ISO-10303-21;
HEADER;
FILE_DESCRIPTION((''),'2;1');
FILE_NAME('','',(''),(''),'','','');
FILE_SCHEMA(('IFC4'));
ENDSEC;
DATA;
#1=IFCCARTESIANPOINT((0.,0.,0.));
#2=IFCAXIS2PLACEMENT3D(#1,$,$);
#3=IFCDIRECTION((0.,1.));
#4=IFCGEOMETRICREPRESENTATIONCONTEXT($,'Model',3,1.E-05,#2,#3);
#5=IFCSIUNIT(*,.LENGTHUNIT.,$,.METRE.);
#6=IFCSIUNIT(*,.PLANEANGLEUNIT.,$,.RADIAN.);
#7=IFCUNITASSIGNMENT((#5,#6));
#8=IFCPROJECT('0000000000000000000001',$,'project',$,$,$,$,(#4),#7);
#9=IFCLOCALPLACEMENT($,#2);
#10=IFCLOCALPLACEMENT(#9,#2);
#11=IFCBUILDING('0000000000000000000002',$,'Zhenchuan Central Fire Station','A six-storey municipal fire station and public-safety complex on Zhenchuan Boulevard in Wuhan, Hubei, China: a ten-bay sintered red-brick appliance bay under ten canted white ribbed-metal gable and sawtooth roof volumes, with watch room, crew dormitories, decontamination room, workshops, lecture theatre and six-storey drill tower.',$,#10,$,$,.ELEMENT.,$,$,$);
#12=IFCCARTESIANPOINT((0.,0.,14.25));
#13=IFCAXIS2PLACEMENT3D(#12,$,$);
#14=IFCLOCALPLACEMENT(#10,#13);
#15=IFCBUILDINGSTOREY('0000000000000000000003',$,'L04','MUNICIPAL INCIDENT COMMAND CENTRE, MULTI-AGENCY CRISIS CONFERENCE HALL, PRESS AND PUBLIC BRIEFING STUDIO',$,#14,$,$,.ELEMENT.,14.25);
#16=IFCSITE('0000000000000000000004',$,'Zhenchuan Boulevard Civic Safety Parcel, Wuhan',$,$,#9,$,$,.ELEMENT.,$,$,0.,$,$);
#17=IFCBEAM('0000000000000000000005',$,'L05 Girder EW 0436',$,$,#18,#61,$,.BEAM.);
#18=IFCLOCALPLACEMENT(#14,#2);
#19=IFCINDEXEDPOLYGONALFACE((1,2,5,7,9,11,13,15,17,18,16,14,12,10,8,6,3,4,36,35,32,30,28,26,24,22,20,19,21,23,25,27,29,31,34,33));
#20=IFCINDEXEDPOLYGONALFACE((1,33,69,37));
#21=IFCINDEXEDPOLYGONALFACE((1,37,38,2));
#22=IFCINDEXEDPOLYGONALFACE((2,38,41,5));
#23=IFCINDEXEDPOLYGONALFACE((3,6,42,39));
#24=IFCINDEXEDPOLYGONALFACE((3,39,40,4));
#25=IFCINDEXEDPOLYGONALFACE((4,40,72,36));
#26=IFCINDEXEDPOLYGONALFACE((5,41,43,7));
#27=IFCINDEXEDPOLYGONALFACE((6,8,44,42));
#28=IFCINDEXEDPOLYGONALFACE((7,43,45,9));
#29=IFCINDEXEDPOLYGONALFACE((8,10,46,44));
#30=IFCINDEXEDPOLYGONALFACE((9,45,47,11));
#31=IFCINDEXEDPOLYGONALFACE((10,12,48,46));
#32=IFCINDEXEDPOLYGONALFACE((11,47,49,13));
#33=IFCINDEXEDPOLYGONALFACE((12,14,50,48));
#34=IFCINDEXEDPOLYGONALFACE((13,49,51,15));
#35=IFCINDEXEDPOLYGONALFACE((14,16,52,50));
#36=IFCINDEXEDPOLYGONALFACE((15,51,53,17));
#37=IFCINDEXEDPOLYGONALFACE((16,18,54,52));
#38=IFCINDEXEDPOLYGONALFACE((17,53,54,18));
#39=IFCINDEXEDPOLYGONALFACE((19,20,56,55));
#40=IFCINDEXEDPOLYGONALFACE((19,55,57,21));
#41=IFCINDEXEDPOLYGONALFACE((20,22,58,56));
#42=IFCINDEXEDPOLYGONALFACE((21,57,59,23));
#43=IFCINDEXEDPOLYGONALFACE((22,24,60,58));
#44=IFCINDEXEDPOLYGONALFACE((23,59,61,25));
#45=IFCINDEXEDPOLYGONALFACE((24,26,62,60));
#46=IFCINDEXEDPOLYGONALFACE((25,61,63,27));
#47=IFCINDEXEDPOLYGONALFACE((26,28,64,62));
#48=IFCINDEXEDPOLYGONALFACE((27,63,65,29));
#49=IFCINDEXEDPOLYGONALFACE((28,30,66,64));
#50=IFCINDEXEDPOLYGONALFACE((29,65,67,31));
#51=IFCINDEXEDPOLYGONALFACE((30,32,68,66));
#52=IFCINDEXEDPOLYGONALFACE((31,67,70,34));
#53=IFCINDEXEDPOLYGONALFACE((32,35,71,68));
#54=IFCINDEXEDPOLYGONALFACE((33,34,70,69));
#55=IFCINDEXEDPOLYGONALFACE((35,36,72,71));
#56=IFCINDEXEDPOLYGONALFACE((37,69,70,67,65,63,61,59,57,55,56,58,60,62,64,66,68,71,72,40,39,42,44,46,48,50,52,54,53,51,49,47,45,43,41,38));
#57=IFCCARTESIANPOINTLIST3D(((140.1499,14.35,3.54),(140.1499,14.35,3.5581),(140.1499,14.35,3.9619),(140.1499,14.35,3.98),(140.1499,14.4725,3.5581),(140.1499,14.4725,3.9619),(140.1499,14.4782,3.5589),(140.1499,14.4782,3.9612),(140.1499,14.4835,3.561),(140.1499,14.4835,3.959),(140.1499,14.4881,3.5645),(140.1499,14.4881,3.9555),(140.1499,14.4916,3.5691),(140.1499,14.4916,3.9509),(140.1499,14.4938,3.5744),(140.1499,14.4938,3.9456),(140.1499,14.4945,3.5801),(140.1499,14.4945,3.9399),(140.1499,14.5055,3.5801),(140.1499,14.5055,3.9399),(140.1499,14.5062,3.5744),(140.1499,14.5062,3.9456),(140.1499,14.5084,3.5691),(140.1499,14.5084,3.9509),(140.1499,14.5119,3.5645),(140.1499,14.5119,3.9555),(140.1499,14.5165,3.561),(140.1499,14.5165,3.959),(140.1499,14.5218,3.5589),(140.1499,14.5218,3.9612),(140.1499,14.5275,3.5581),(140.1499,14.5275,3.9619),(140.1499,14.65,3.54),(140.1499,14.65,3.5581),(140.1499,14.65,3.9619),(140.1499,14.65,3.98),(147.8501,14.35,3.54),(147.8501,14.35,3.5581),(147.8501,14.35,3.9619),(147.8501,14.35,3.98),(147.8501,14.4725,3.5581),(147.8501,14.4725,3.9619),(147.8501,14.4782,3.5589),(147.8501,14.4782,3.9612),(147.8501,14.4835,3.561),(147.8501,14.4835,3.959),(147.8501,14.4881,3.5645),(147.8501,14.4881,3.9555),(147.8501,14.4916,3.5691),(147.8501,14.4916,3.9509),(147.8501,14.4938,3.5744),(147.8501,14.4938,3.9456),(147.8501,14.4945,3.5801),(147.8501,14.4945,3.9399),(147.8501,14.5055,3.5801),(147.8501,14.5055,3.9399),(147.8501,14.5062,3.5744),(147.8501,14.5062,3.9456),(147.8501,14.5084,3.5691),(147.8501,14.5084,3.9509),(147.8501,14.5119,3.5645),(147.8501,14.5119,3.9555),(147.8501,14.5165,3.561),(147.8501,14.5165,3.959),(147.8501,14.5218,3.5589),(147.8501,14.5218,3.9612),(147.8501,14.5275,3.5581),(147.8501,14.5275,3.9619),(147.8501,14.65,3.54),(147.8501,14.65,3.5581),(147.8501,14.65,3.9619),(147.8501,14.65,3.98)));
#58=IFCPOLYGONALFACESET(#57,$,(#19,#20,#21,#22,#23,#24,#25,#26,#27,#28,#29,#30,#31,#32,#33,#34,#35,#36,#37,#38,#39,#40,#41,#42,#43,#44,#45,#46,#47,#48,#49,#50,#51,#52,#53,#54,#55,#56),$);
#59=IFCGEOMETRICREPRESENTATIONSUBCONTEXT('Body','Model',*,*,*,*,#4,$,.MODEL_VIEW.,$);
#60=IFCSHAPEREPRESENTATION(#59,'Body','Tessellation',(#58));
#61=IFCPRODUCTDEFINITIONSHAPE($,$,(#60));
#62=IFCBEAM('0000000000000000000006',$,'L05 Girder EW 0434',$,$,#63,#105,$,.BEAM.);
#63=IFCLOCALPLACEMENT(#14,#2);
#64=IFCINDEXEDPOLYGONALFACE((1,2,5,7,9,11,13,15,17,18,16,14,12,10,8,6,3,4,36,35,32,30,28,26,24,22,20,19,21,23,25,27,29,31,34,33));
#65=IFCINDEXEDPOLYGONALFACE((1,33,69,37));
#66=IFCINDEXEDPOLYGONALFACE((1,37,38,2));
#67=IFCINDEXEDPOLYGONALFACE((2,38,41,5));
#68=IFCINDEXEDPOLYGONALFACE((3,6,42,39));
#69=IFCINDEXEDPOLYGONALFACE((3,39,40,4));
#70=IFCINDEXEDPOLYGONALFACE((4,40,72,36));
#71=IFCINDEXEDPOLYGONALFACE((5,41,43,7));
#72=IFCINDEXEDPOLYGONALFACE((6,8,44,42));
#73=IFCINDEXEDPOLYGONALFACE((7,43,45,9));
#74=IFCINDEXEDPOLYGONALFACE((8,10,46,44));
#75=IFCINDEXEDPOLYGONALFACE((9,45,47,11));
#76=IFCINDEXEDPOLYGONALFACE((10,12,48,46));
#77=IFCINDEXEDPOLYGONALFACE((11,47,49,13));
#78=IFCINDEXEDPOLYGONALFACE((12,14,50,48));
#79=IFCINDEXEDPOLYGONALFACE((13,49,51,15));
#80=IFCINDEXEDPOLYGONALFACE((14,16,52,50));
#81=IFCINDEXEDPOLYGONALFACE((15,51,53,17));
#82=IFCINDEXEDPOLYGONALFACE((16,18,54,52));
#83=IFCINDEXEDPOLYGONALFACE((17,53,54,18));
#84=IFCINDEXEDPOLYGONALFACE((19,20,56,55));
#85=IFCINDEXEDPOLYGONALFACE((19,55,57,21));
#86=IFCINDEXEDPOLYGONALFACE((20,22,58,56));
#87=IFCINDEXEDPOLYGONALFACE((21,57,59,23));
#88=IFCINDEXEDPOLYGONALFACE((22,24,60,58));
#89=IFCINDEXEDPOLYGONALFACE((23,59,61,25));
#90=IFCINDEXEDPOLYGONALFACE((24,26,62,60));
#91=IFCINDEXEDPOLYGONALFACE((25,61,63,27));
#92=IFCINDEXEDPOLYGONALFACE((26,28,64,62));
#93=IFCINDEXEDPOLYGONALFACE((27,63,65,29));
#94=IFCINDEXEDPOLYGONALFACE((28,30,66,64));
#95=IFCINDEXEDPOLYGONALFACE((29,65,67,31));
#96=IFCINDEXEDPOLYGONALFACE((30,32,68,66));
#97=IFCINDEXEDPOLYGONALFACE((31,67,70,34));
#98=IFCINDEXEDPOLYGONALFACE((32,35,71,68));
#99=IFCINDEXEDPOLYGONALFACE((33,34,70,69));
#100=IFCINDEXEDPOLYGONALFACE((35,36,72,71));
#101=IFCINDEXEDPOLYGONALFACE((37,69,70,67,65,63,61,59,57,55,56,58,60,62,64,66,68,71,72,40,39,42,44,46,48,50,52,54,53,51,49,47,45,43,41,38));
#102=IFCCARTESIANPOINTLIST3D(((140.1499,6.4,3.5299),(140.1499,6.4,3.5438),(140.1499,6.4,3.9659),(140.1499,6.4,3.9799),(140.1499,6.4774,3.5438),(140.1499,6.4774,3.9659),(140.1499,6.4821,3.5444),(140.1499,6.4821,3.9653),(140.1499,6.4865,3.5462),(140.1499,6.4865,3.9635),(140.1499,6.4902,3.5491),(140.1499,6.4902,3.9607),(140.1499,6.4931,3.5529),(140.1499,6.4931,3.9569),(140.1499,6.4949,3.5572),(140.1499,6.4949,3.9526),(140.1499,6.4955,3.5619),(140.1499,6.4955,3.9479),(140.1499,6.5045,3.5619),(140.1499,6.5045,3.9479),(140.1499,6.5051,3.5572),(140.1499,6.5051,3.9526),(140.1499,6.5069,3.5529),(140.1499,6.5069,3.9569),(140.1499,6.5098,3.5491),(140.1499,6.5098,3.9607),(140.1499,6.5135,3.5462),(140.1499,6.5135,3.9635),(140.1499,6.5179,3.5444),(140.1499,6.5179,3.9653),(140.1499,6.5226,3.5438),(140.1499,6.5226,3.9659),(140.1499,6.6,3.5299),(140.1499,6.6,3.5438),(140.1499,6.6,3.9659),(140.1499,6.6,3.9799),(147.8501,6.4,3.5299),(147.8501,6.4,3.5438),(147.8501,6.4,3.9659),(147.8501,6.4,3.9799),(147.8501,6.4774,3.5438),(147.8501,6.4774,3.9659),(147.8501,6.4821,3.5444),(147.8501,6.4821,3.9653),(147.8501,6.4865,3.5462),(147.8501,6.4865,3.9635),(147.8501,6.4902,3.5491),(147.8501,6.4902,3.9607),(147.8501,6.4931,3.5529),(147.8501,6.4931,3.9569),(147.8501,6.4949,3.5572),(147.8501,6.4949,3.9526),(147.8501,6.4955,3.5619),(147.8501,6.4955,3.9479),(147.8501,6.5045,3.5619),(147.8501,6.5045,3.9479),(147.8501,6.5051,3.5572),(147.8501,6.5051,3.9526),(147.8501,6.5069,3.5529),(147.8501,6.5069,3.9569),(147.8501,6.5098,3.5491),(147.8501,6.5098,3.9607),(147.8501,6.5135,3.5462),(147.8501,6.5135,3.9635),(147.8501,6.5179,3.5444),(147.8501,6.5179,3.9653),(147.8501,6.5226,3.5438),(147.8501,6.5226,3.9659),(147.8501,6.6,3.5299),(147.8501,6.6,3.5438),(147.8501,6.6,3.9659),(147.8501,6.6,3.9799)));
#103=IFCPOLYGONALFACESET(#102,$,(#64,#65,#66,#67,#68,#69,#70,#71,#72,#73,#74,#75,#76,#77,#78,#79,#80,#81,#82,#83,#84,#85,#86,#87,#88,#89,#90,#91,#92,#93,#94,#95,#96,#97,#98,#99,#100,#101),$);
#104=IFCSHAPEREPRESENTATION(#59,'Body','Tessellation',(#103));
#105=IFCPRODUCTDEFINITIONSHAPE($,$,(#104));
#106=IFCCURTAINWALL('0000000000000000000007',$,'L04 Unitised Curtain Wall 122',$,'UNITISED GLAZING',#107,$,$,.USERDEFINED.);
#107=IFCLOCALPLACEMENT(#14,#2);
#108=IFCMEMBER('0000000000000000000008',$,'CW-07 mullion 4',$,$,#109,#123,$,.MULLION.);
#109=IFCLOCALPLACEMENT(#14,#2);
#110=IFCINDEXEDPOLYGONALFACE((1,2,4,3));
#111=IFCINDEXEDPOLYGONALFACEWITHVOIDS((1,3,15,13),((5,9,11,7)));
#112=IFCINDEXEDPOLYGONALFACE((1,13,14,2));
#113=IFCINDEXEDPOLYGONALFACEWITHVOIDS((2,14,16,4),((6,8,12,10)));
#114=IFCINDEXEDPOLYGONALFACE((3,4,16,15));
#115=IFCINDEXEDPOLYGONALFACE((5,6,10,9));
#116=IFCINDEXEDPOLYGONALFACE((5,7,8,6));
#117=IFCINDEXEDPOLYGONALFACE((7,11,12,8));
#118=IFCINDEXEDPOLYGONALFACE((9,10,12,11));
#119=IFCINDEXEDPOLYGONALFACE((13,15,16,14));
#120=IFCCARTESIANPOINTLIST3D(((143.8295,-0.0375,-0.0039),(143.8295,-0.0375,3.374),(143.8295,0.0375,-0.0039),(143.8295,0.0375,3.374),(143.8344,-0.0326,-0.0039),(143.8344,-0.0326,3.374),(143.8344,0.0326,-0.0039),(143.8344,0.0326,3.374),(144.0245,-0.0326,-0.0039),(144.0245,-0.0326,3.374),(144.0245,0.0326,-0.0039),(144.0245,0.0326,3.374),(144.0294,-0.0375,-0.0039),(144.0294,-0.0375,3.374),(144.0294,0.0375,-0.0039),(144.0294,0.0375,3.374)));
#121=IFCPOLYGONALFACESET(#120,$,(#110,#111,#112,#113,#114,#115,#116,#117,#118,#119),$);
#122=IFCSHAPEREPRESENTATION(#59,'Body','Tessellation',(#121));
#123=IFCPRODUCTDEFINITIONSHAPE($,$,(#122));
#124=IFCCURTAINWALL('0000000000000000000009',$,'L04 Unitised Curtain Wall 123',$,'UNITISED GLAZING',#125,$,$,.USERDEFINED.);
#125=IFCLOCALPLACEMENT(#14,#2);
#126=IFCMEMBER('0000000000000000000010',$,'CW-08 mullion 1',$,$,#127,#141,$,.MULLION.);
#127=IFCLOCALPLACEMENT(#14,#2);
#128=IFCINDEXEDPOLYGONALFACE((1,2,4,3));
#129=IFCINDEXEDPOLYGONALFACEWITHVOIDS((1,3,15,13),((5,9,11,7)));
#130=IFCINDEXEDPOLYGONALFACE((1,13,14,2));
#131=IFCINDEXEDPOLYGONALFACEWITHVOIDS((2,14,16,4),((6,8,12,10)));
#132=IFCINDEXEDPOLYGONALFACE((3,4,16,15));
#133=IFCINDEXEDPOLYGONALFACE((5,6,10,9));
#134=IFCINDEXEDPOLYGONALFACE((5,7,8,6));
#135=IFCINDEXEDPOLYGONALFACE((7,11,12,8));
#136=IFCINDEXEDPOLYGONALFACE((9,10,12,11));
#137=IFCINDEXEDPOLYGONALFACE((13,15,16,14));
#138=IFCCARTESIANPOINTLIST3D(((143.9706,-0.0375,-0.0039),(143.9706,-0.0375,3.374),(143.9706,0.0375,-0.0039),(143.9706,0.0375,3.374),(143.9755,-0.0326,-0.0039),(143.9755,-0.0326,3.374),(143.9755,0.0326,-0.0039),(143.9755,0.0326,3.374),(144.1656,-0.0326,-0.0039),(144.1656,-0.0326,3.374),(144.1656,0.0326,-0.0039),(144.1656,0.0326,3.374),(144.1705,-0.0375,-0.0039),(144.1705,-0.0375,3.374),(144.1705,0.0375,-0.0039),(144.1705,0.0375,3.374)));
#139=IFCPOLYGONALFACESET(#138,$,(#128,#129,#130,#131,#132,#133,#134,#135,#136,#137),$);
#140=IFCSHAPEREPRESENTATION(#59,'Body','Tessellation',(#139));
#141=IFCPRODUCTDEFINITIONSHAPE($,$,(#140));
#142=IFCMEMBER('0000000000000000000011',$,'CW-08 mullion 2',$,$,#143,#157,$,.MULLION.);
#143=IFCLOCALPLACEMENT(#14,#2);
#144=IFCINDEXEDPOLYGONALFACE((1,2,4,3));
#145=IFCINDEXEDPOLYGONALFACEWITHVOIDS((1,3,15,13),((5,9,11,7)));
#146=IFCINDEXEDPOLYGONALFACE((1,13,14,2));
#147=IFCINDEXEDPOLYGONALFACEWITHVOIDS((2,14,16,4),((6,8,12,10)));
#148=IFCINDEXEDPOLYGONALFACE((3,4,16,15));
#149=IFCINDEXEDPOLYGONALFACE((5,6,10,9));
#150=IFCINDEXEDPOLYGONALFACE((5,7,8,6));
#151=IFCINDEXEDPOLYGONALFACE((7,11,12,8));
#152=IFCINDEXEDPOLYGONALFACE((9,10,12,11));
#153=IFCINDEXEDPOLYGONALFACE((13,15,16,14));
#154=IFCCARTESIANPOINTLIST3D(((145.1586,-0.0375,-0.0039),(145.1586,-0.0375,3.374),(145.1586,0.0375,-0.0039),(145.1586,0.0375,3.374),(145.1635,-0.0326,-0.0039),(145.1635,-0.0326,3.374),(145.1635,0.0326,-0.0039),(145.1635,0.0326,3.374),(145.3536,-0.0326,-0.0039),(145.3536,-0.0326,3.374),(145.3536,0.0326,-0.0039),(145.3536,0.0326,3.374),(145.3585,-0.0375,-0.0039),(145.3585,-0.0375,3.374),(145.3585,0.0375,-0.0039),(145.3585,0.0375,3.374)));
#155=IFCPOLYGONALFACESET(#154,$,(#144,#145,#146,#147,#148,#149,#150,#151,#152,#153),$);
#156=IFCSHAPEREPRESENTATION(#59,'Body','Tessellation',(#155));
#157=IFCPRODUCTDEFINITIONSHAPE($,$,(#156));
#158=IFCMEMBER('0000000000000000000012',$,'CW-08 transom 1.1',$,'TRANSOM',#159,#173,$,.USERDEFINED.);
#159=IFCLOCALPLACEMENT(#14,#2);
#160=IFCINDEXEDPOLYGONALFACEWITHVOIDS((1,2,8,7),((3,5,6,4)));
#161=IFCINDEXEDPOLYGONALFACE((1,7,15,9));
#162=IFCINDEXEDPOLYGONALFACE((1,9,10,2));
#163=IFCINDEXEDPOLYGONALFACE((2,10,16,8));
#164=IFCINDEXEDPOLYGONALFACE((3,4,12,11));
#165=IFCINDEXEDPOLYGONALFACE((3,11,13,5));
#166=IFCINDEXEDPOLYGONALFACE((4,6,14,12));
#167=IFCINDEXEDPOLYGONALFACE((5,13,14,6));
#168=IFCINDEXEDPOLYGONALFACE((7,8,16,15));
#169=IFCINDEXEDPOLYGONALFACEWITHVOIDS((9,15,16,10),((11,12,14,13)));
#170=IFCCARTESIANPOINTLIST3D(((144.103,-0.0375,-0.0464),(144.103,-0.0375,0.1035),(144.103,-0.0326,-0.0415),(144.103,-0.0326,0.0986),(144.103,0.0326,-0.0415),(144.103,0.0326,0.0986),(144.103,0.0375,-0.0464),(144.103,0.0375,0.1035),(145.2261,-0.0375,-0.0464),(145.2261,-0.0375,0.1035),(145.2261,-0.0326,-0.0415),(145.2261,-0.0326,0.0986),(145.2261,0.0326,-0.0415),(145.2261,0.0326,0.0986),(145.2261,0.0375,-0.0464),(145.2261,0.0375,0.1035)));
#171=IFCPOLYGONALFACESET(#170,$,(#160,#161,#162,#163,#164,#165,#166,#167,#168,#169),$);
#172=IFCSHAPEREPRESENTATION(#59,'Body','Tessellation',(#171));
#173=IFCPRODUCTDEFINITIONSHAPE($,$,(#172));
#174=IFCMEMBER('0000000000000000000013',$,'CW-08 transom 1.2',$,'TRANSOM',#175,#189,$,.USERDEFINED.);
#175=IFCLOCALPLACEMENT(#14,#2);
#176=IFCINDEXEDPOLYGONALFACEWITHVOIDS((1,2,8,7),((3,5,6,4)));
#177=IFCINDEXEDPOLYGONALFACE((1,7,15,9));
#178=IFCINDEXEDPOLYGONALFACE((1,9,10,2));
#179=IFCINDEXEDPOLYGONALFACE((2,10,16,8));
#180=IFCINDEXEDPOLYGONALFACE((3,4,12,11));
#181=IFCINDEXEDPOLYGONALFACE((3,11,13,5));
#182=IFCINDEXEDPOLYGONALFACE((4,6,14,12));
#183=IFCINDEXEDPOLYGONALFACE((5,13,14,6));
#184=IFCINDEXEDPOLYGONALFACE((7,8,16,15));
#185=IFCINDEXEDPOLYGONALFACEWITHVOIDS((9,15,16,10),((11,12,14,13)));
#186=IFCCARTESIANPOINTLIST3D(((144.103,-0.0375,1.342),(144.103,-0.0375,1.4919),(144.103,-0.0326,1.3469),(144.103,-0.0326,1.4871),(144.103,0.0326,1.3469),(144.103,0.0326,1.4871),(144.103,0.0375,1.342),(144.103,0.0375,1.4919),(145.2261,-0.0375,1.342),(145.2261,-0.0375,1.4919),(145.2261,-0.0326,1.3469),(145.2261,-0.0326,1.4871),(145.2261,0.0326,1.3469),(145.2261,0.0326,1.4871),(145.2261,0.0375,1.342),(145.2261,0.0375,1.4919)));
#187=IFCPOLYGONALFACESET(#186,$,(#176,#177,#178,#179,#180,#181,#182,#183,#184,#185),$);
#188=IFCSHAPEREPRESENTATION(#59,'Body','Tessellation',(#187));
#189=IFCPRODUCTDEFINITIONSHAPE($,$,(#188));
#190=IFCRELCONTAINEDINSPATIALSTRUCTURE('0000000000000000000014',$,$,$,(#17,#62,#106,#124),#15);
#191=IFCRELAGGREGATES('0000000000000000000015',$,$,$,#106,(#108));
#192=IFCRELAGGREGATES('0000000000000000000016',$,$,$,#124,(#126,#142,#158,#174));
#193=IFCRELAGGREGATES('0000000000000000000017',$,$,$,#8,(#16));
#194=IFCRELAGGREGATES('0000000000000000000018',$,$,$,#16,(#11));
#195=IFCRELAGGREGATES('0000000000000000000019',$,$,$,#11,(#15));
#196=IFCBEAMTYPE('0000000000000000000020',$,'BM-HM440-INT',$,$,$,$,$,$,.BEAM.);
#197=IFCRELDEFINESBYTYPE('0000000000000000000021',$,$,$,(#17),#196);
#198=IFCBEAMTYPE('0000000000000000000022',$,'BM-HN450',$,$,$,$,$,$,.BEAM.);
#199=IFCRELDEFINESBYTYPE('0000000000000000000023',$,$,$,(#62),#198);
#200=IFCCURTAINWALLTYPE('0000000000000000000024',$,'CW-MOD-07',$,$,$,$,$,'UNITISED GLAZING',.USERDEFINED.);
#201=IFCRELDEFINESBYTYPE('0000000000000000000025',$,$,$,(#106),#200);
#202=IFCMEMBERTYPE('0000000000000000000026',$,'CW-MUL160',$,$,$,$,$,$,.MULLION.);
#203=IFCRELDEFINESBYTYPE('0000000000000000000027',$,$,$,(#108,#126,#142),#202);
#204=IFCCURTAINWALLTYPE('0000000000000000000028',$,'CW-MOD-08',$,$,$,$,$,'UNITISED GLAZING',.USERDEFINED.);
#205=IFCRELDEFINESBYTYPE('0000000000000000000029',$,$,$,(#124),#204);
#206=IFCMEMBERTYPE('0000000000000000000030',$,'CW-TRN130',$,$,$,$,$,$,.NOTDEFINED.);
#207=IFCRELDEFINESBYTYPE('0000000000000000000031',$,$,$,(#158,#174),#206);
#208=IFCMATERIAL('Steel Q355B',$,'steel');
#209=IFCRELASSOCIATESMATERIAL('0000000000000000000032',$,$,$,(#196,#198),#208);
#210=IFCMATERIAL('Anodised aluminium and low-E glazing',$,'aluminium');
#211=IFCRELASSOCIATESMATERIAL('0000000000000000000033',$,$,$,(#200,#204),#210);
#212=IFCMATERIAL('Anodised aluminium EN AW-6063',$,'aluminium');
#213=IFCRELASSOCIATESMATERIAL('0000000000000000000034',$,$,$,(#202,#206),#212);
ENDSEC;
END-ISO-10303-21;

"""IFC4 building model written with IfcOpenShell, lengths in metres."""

from ifc_helpers import new_model, si_unit, direction, frame, origin, origin_2d, place, context, subcontext, project, spatial, hollow_rectangle, i_section, extrude, material, material_profile, profile_set, type_object, element, aggregate, save


model = new_model("IFC4")

# Units and contexts
model_context = context("Model", 3, precision=1e-05, world=origin(), true_north=direction((0.0, 1.0)))
body_context = subcontext(model_context, "Body", "Model", "MODEL_VIEW")
ifc_project = project(units=[si_unit("LENGTHUNIT", "METRE"), si_unit("PLANEANGLEUNIT", "RADIAN")], contexts=[model_context])

# Site, building, storey
site_placement = place(None, origin())
site = spatial("IfcSite", under=ifc_project, at=site_placement, Name="Zhenchuan Boulevard Civic Safety Parcel, Wuhan", CompositionType="ELEMENT", RefElevation=0.0)
building_placement = place(site_placement, origin())
building = spatial("IfcBuilding", under=site, at=building_placement, Name="Zhenchuan Central Fire Station", Description="A six-storey municipal fire station and public-safety complex on Zhenchuan Boulevard in Wuhan, Hubei, China: a ten-bay sintered red-brick appliance bay under ten canted white ribbed-metal gable and sawtooth roof volumes, with watch room, crew dormitories, decontamination room, workshops, lecture theatre and six-storey drill tower.", CompositionType="ELEMENT")
storey_placement = place(building_placement, frame((0.0, 0.0, 14.25)))
storey = spatial("IfcBuildingStorey", under=building, at=storey_placement, Name="L04", Description="MUNICIPAL INCIDENT COMMAND CENTRE, MULTI-AGENCY CRISIS CONFERENCE HALL, PRESS AND PUBLIC BRIEFING STUDIO", CompositionType="ELEMENT", Elevation=14.25)

# Beams
ifc_material_1 = material(Name="Steel Q355B", Category="steel")
ifc_material_profile_1 = material_profile(ifc_material_1, i_section(OverallWidth=0.3, OverallDepth=0.4399, WebThickness=0.011, FlangeThickness=0.0181, FilletRadius=0.022, at=origin_2d()), Name="HM 440x300")
ifc_profile_set_1 = profile_set([ifc_material_profile_1], Name="Steel Q355B")
beam_type_1 = type_object("IfcBeamType", Name="BM-HM440-INT", PredefinedType="BEAM", material=ifc_profile_set_1)
beam_1_placement = place(storey_placement, frame((140.1499, 14.5, 3.76), z_axis=(1.0, 0.0, 0.0), x_axis=(0.0, 1.0, 0.0)))
element("IfcBeam", 1, at=beam_1_placement, inside=storey, type_object=beam_type_1, Name="L05 Girder EW 0436", PredefinedType="BEAM", context=body_context, shape_type="SweptSolid", body=[
    extrude(i_section(OverallWidth=0.3, OverallDepth=0.4399, WebThickness=0.011, FlangeThickness=0.0181, FilletRadius=0.022, at=origin_2d()), origin(), (0.0, 0.0, 1.0), 7.7002),
])
ifc_material_profile_2 = material_profile(ifc_material_1, i_section(OverallWidth=0.2, OverallDepth=0.45, WebThickness=0.009, FlangeThickness=0.0139, FilletRadius=0.0181, at=origin_2d()), Name="HN 450x200")
ifc_profile_set_2 = profile_set([ifc_material_profile_2], Name="Steel Q355B")
beam_type_2 = type_object("IfcBeamType", Name="BM-HN450", PredefinedType="BEAM", material=ifc_profile_set_2)
beam_2_placement = place(storey_placement, frame((140.1499, 6.5, 3.7549), z_axis=(1.0, 0.0, 0.0), x_axis=(0.0, 1.0, 0.0)))
element("IfcBeam", 2, at=beam_2_placement, inside=storey, type_object=beam_type_2, Name="L05 Girder EW 0434", PredefinedType="BEAM", context=body_context, shape_type="SweptSolid", body=[
    extrude(i_section(OverallWidth=0.2, OverallDepth=0.45, WebThickness=0.009, FlangeThickness=0.0139, FilletRadius=0.0181, at=origin_2d()), origin(), (0.0, 0.0, 1.0), 7.7002),
])

# Curtain wall, member
ifc_material_2 = material(Name="Anodised aluminium and low-E glazing", Category="aluminium")
curtain_wall_type_1 = type_object("IfcCurtainWallType", Name="CW-MOD-07", ElementType="UNITISED GLAZING", PredefinedType="USERDEFINED", material=ifc_material_2)
curtain_wall_1_placement = place(storey_placement, origin())
curtain_wall_1 = element("IfcCurtainWall", 3, at=curtain_wall_1_placement, inside=storey, type_object=curtain_wall_type_1, Name="L04 Unitised Curtain Wall 122", ObjectType="UNITISED GLAZING", PredefinedType="USERDEFINED")
ifc_material_3 = material(Name="Anodised aluminium EN AW-6063", Category="aluminium")
ifc_material_profile_3 = material_profile(ifc_material_3, hollow_rectangle(XDim=0.075, YDim=0.2, WallThickness=0.0049, at=origin_2d()), Name="ALU-M 200x75")
ifc_profile_set_3 = profile_set([ifc_material_profile_3], Name="Anodised aluminium EN AW-6063")
member_type_1 = type_object("IfcMemberType", Name="CW-MUL160", PredefinedType="MULLION", material=ifc_profile_set_3)
member_1_placement = place(storey_placement, frame((143.9294, 0.0, -0.0039), z_axis=(0.0, 0.0, 1.0), x_axis=(0.0, 1.0, 0.0)))
member_1 = element("IfcMember", 4, at=member_1_placement, type_object=member_type_1, Name="CW-07 mullion 4", PredefinedType="MULLION", context=body_context, shape_type="SweptSolid", body=[
    extrude(hollow_rectangle(XDim=0.075, YDim=0.2, WallThickness=0.0049, at=origin_2d()), origin(), (0.0, 0.0, 1.0), 3.3779),
])
aggregate(curtain_wall_1, [member_1])

# Curtain wall, members
curtain_wall_type_2 = type_object("IfcCurtainWallType", Name="CW-MOD-08", ElementType="UNITISED GLAZING", PredefinedType="USERDEFINED", material=ifc_material_2)
curtain_wall_2_placement = place(storey_placement, origin())
curtain_wall_2 = element("IfcCurtainWall", 5, at=curtain_wall_2_placement, inside=storey, type_object=curtain_wall_type_2, Name="L04 Unitised Curtain Wall 123", ObjectType="UNITISED GLAZING", PredefinedType="USERDEFINED")
member_2_placement = place(storey_placement, frame((144.0706, 0.0, -0.0039), z_axis=(0.0, 0.0, 1.0), x_axis=(0.0, 1.0, 0.0)))
member_2 = element("IfcMember", 6, at=member_2_placement, type_object=member_type_1, Name="CW-08 mullion 1", PredefinedType="MULLION", context=body_context, shape_type="SweptSolid", body=[
    extrude(hollow_rectangle(XDim=0.075, YDim=0.2, WallThickness=0.0049, at=origin_2d()), origin(), (0.0, 0.0, 1.0), 3.3779),
])
member_3_placement = place(storey_placement, frame((145.2585, 0.0, -0.0039), z_axis=(0.0, 0.0, 1.0), x_axis=(0.0, 1.0, 0.0)))
member_3 = element("IfcMember", 7, at=member_3_placement, type_object=member_type_1, Name="CW-08 mullion 2", PredefinedType="MULLION", context=body_context, shape_type="SweptSolid", body=[
    extrude(hollow_rectangle(XDim=0.075, YDim=0.2, WallThickness=0.0049, at=origin_2d()), origin(), (0.0, 0.0, 1.0), 3.3779),
])
ifc_material_profile_4 = material_profile(ifc_material_3, hollow_rectangle(XDim=0.075, YDim=0.1499, WallThickness=0.0049, at=origin_2d()), Name="ALU-T 150x75")
ifc_profile_set_4 = profile_set([ifc_material_profile_4], Name="Anodised aluminium EN AW-6063")
member_type_2 = type_object("IfcMemberType", Name="CW-TRN130", PredefinedType="NOTDEFINED", material=ifc_profile_set_4)
member_4_placement = place(storey_placement, frame((144.103, 0.0, 0.0286), z_axis=(1.0, 0.0, 0.0), x_axis=(0.0, 1.0, 0.0)))
member_4 = element("IfcMember", 8, at=member_4_placement, type_object=member_type_2, Name="CW-08 transom 1.1", ObjectType="TRANSOM", PredefinedType="USERDEFINED", context=body_context, shape_type="SweptSolid", body=[
    extrude(hollow_rectangle(XDim=0.075, YDim=0.1499, WallThickness=0.0049, at=origin_2d()), origin(), (0.0, 0.0, 1.0), 1.123),
])
member_5_placement = place(storey_placement, frame((144.103, 0.0, 1.417), z_axis=(1.0, 0.0, 0.0), x_axis=(0.0, 1.0, 0.0)))
member_5 = element("IfcMember", 9, at=member_5_placement, type_object=member_type_2, Name="CW-08 transom 1.2", ObjectType="TRANSOM", PredefinedType="USERDEFINED", context=body_context, shape_type="SweptSolid", body=[
    extrude(hollow_rectangle(XDim=0.075, YDim=0.1499, WallThickness=0.0049, at=origin_2d()), origin(), (0.0, 0.0, 1.0), 1.123),
])

aggregate(curtain_wall_2, [member_2, member_3, member_4, member_5])

save(model, "model.ifc")
